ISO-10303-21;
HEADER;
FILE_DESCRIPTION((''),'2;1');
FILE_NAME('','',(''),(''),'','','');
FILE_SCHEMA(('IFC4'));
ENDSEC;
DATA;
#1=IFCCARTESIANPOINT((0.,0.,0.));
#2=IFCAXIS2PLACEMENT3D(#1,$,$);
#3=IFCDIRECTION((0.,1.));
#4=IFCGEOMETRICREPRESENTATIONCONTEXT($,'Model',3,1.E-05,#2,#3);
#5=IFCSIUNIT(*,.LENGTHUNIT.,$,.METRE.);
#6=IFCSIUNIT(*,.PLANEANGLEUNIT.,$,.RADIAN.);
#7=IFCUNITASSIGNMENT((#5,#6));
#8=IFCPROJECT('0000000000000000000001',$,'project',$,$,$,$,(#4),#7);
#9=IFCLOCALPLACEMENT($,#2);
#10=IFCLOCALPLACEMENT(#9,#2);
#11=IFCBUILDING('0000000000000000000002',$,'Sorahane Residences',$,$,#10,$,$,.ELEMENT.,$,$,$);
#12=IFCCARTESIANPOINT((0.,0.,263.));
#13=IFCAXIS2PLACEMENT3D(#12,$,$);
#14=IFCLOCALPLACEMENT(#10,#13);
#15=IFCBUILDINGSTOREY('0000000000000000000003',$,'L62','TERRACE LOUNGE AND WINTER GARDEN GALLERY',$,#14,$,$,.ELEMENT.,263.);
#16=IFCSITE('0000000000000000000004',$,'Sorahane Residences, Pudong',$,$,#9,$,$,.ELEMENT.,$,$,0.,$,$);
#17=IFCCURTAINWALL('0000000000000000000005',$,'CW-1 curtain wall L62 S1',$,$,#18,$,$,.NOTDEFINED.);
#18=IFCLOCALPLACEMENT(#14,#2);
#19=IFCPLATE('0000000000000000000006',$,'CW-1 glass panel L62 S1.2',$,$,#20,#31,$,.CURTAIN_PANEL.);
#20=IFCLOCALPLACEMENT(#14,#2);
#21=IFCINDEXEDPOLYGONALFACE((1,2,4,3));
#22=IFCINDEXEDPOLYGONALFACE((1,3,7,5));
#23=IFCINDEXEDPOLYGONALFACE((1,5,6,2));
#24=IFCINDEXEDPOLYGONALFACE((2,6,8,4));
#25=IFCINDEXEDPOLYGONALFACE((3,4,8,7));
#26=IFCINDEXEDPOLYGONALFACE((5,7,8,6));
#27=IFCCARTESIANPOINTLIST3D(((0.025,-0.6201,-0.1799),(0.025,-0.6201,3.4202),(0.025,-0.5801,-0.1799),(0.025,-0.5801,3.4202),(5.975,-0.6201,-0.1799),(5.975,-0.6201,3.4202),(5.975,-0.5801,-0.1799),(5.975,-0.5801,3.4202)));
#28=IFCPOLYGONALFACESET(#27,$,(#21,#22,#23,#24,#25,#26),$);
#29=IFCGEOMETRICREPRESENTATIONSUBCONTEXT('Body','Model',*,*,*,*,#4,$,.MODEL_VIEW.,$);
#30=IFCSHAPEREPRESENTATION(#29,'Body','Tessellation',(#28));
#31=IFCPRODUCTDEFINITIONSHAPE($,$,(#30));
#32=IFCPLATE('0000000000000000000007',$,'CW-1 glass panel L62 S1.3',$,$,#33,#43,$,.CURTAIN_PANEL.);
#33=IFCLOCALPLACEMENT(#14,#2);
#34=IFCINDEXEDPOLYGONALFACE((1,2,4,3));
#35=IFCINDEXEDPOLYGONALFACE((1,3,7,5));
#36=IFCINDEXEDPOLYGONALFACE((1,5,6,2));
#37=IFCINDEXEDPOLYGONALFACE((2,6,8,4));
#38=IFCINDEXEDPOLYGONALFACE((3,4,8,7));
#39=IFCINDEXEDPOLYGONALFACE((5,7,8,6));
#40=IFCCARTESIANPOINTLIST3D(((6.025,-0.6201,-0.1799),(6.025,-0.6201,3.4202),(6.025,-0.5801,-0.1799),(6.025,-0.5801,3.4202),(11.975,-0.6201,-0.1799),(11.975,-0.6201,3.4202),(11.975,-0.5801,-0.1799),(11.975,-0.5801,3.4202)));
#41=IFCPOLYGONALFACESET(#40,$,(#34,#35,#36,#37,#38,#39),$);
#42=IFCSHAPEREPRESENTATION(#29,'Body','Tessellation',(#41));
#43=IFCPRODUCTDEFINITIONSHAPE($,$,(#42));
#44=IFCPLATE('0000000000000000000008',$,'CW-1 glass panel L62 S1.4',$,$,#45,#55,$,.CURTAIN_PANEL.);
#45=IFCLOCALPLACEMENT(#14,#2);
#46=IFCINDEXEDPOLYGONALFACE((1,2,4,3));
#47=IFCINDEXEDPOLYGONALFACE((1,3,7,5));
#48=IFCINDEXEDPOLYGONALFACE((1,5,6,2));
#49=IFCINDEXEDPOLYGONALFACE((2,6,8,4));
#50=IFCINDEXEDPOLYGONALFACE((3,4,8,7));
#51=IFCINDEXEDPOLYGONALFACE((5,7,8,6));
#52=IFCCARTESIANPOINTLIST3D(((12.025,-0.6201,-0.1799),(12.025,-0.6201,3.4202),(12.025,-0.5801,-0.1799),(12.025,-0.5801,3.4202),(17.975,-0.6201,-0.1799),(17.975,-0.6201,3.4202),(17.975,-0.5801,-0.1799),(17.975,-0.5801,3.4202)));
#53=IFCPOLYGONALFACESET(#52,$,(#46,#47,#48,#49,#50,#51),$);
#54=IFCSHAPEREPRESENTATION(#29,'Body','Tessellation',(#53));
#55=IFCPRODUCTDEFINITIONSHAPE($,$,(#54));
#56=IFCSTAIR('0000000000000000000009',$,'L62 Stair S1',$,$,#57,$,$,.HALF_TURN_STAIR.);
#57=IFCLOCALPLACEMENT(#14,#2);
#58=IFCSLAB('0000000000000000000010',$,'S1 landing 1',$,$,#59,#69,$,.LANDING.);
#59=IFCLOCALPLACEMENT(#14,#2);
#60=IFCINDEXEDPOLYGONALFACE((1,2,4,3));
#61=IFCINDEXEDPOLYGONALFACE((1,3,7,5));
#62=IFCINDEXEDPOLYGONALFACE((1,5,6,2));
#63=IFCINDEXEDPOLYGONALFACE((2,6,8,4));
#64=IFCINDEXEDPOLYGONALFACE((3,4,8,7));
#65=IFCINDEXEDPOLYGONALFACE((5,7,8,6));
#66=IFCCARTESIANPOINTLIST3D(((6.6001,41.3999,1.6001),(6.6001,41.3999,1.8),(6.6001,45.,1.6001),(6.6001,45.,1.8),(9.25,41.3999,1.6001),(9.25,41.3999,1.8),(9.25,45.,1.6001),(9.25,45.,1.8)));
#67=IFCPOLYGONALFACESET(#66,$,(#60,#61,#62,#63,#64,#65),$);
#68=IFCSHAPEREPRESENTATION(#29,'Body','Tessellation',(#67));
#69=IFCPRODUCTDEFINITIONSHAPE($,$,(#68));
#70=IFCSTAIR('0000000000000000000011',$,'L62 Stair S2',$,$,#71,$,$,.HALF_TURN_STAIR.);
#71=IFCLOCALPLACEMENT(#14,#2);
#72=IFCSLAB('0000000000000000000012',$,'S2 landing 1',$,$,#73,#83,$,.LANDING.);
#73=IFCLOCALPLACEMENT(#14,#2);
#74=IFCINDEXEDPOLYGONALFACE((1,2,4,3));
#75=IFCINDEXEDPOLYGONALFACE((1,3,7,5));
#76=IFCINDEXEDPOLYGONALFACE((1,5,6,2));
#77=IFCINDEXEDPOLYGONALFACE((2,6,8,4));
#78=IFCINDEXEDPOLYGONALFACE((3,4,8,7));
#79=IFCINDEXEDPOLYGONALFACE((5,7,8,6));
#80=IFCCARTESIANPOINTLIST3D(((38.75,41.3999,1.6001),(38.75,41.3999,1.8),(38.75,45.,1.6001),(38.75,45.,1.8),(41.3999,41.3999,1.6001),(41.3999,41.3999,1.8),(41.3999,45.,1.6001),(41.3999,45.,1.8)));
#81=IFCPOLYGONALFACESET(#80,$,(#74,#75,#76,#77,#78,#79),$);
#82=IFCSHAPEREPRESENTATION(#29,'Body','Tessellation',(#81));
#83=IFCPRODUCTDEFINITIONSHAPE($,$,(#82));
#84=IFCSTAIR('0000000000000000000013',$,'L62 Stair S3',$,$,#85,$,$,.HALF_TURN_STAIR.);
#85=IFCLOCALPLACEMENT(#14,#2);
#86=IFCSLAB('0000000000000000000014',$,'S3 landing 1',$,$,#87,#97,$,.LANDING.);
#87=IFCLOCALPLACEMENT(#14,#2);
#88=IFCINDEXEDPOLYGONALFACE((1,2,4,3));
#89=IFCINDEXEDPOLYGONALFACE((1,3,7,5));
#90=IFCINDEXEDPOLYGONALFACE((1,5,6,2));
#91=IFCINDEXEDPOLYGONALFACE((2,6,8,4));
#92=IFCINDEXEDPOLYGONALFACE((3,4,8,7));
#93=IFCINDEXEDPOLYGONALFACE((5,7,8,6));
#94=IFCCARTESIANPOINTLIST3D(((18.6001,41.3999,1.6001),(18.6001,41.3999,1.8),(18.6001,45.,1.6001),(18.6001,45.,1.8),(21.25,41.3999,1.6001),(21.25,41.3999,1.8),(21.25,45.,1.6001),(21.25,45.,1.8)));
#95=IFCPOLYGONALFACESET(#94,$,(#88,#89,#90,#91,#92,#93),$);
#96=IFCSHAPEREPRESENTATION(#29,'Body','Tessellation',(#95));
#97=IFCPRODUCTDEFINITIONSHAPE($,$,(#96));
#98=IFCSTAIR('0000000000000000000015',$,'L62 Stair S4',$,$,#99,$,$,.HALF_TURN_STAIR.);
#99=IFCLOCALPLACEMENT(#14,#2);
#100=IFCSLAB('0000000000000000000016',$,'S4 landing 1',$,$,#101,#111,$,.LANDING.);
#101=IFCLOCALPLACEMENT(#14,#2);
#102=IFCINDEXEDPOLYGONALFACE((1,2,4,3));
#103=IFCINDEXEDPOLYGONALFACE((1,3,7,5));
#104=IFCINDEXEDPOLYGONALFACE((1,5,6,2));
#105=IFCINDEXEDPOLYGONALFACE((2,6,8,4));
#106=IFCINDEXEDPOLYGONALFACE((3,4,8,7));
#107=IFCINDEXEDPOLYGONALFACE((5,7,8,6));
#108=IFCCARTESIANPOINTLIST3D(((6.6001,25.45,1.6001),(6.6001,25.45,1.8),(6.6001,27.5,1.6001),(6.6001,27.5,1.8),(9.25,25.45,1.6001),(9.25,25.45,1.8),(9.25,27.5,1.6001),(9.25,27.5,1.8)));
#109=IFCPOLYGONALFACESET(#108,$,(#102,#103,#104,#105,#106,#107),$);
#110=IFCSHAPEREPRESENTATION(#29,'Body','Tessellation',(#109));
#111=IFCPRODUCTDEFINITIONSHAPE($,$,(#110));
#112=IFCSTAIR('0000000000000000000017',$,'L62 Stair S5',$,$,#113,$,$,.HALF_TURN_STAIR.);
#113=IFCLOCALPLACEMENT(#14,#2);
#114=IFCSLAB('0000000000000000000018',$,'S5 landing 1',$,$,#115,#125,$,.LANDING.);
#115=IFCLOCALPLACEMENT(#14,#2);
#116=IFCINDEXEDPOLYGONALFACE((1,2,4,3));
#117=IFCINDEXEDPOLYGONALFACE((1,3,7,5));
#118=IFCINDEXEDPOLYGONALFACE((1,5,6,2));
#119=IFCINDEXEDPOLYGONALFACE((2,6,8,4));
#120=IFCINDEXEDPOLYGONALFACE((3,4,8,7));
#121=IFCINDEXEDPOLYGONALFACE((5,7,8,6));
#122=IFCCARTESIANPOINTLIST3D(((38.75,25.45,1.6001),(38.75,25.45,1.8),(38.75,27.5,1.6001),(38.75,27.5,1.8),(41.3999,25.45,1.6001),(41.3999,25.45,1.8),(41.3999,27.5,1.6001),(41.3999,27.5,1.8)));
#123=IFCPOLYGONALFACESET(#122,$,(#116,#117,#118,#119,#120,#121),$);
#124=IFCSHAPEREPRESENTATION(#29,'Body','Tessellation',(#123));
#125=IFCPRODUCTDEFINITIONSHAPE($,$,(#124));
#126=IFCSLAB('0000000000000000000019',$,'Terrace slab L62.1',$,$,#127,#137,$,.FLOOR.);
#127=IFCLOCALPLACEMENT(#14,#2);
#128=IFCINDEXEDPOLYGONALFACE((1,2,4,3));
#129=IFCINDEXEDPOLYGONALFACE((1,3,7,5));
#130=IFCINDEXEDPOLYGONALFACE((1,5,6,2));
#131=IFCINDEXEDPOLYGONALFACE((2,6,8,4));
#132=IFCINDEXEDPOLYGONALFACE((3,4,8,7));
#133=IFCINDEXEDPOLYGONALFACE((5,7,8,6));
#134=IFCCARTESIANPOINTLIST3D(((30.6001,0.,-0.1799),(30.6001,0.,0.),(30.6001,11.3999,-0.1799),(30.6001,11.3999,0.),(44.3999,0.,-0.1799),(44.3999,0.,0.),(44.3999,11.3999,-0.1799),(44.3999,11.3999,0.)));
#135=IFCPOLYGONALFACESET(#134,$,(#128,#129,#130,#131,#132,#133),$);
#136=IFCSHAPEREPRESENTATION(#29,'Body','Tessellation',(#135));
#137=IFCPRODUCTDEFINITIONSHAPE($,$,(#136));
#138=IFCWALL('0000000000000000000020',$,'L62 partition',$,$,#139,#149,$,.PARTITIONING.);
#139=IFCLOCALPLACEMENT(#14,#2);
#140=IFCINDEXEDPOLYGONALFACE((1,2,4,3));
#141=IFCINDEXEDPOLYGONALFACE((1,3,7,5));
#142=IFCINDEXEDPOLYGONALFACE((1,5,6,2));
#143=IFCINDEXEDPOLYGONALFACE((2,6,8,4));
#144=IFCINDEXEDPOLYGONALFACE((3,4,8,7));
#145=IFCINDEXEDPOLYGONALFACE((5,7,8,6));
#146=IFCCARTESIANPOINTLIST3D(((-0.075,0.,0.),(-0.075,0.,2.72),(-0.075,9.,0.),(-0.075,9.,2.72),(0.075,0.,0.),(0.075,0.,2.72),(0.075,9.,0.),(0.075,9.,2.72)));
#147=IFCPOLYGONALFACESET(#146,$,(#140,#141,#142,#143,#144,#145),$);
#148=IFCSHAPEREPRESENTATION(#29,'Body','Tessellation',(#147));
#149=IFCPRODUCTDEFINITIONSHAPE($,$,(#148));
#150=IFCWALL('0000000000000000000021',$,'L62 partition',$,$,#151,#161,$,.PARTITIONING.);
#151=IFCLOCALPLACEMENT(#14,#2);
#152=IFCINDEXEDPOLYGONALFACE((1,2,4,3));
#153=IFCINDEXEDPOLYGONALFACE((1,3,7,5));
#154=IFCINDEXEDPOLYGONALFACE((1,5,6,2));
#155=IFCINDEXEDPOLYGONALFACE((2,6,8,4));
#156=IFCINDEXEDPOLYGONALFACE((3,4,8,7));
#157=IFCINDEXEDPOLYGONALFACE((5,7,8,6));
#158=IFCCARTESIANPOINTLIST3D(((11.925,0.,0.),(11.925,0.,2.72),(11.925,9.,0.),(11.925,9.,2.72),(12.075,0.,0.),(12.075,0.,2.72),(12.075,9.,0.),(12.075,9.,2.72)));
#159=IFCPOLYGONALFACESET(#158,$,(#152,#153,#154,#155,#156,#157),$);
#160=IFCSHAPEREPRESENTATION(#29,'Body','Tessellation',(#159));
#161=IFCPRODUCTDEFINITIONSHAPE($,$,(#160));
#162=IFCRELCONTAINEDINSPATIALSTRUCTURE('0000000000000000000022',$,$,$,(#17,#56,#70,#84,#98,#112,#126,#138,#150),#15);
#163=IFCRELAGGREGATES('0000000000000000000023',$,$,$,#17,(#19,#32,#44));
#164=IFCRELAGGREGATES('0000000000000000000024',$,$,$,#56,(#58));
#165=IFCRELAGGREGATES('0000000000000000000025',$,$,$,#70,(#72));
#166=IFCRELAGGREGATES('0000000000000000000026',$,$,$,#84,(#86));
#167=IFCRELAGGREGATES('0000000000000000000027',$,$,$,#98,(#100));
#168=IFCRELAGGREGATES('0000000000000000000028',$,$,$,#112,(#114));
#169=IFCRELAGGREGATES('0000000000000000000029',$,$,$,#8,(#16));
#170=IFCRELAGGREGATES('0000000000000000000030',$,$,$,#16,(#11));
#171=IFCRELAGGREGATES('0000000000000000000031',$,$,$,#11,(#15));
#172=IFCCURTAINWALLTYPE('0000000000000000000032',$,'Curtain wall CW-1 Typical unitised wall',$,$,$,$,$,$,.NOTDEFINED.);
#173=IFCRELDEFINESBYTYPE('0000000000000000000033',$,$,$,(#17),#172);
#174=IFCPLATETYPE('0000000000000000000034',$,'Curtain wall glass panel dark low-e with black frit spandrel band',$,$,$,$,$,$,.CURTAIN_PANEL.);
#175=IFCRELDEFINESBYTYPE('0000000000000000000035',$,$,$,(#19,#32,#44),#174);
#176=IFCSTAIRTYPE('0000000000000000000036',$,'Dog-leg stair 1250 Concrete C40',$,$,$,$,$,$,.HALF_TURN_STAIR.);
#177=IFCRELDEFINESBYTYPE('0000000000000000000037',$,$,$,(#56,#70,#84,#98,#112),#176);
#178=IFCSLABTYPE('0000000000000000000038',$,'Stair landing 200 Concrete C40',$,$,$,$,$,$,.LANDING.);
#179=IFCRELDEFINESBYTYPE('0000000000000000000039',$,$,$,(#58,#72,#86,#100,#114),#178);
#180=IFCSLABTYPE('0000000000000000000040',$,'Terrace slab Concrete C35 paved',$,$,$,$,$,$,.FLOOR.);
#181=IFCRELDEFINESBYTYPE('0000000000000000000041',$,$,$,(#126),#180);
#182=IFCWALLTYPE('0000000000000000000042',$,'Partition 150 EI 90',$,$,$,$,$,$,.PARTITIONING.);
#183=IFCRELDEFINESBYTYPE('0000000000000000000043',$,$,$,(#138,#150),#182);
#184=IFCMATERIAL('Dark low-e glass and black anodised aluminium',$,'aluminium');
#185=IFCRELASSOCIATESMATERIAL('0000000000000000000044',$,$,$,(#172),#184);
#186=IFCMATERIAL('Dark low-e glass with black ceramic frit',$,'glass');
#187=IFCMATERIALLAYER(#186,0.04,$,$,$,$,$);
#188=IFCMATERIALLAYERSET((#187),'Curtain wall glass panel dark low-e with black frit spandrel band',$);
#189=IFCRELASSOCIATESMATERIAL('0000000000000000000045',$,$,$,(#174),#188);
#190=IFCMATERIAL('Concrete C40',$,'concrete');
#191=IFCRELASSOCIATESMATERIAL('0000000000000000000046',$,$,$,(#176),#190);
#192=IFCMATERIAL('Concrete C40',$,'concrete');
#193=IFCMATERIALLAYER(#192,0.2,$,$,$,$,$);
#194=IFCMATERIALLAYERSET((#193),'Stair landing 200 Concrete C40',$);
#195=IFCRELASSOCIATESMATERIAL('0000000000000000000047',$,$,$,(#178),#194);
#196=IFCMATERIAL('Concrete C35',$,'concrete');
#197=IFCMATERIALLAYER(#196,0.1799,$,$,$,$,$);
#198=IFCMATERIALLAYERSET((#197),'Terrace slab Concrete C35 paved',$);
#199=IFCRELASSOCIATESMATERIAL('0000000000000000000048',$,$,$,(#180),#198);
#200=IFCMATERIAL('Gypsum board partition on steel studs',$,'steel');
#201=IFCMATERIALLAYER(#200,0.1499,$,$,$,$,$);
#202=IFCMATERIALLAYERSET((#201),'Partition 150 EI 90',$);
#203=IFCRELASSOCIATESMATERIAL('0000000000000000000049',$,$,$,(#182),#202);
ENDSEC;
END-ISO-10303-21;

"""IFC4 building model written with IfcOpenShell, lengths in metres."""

from ifc_helpers import new_model, si_unit, direction, frame, frame_2d, origin, origin_2d, place, context, subcontext, project, spatial, polyline, rectangle, outline, extrude, material, layer, layer_set, type_object, element, aggregate, save


model = new_model("IFC4")

# Units and contexts
model_context = context("Model", 3, precision=1e-05, world=origin(), true_north=direction((0.0, 1.0)))
body_context = subcontext(model_context, "Body", "Model", "MODEL_VIEW")
ifc_project = project(units=[si_unit("LENGTHUNIT", "METRE"), si_unit("PLANEANGLEUNIT", "RADIAN")], contexts=[model_context])

# Site, building, storey
site_placement = place(None, origin())
site = spatial("IfcSite", under=ifc_project, at=site_placement, Name="Sorahane Residences, Pudong", CompositionType="ELEMENT", RefElevation=0.0)
building_placement = place(site_placement, origin())
building = spatial("IfcBuilding", under=site, at=building_placement, Name="Sorahane Residences", CompositionType="ELEMENT")
storey_placement = place(building_placement, frame((0.0, 0.0, 263.0)))
storey = spatial("IfcBuildingStorey", under=building, at=storey_placement, Name="L62", Description="TERRACE LOUNGE AND WINTER GARDEN GALLERY", CompositionType="ELEMENT", Elevation=263.0)

# Curtain wall
ifc_material_1 = material(Name="Dark low-e glass and black anodised aluminium", Category="aluminium")
curtain_wall_type = type_object("IfcCurtainWallType", Name="Curtain wall CW-1 Typical unitised wall", PredefinedType="NOTDEFINED", material=ifc_material_1)
curtain_wall_placement = place(storey_placement, origin())
curtain_wall = element("IfcCurtainWall", 1, at=curtain_wall_placement, inside=storey, type_object=curtain_wall_type, Name="CW-1 curtain wall L62 S1", PredefinedType="NOTDEFINED")

# Plates
ifc_material_2 = material(Name="Dark low-e glass with black ceramic frit", Category="glass")
ifc_layer_1 = layer(ifc_material_2, 0.04)
ifc_layer_set_1 = layer_set([ifc_layer_1], Name="Curtain wall glass panel dark low-e with black frit spandrel band")
plate_type = type_object("IfcPlateType", Name="Curtain wall glass panel dark low-e with black frit spandrel band", PredefinedType="CURTAIN_PANEL", material=ifc_layer_set_1)
plate_1_placement = place(storey_placement, frame((3.0, -0.6001, -0.1799), z_axis=(0.0, 0.0, 1.0), x_axis=(1.0, 0.0, 0.0)))
plate_1 = element("IfcPlate", 2, at=plate_1_placement, type_object=plate_type, Name="CW-1 glass panel L62 S1.2", PredefinedType="CURTAIN_PANEL", context=body_context, shape_type="SweptSolid", body=[
    extrude(rectangle(XDim=5.95, YDim=0.04, at=origin_2d()), origin(), (0.0, 0.0, 1.0), 3.6001),
])
plate_2_placement = place(storey_placement, frame((9.0, -0.6001, -0.1799), z_axis=(0.0, 0.0, 1.0), x_axis=(1.0, 0.0, 0.0)))
plate_2 = element("IfcPlate", 3, at=plate_2_placement, type_object=plate_type, Name="CW-1 glass panel L62 S1.3", PredefinedType="CURTAIN_PANEL", context=body_context, shape_type="SweptSolid", body=[
    extrude(rectangle(XDim=5.95, YDim=0.04, at=origin_2d()), origin(), (0.0, 0.0, 1.0), 3.6001),
])
plate_3_placement = place(storey_placement, frame((15.0, -0.6001, -0.1799), z_axis=(0.0, 0.0, 1.0), x_axis=(1.0, 0.0, 0.0)))
plate_3 = element("IfcPlate", 4, at=plate_3_placement, type_object=plate_type, Name="CW-1 glass panel L62 S1.4", PredefinedType="CURTAIN_PANEL", context=body_context, shape_type="SweptSolid", body=[
    extrude(rectangle(XDim=5.95, YDim=0.04, at=origin_2d()), origin(), (0.0, 0.0, 1.0), 3.6001),
])
aggregate(curtain_wall, [plate_1, plate_2, plate_3])

# Stairs, slabs
ifc_material_3 = material(Name="Concrete C40", Category="concrete")
stair_type = type_object("IfcStairType", Name="Dog-leg stair 1250 Concrete C40", PredefinedType="HALF_TURN_STAIR", material=ifc_material_3)
stair_1_placement = place(storey_placement, origin())
stair_1 = element("IfcStair", 5, at=stair_1_placement, inside=storey, type_object=stair_type, Name="L62 Stair S1", PredefinedType="HALF_TURN_STAIR")
ifc_material_4 = material(Name="Concrete C40", Category="concrete")
ifc_layer_2 = layer(ifc_material_4, 0.2)
ifc_layer_set_2 = layer_set([ifc_layer_2], Name="Stair landing 200 Concrete C40")
slab_type_1 = type_object("IfcSlabType", Name="Stair landing 200 Concrete C40", PredefinedType="LANDING", material=ifc_layer_set_2)
slab_1_placement = place(storey_placement, frame((0.0, 0.0, 1.6001)))
slab_1 = element("IfcSlab", 6, at=slab_1_placement, type_object=slab_type_1, Name="S1 landing 1", PredefinedType="LANDING", context=body_context, shape_type="SweptSolid", body=[
    extrude(outline(polyline([(9.25, 41.3999), (9.25, 45.0), (6.6001, 45.0), (6.6001, 41.3999), (9.25, 41.3999)])), origin(), (0.0, 0.0, 1.0), 0.2),
])
aggregate(stair_1, [slab_1])
stair_2_placement = place(storey_placement, origin())
stair_2 = element("IfcStair", 7, at=stair_2_placement, inside=storey, type_object=stair_type, Name="L62 Stair S2", PredefinedType="HALF_TURN_STAIR")
slab_2_placement = place(storey_placement, frame((0.0, 0.0, 1.6001)))
slab_2 = element("IfcSlab", 8, at=slab_2_placement, type_object=slab_type_1, Name="S2 landing 1", PredefinedType="LANDING", context=body_context, shape_type="SweptSolid", body=[
    extrude(outline(polyline([(41.3999, 41.3999), (41.3999, 45.0), (38.75, 45.0), (38.75, 41.3999), (41.3999, 41.3999)])), origin(), (0.0, 0.0, 1.0), 0.2),
])
aggregate(stair_2, [slab_2])
stair_3_placement = place(storey_placement, origin())
stair_3 = element("IfcStair", 9, at=stair_3_placement, inside=storey, type_object=stair_type, Name="L62 Stair S3", PredefinedType="HALF_TURN_STAIR")
slab_3_placement = place(storey_placement, frame((0.0, 0.0, 1.6001)))
slab_3 = element("IfcSlab", 10, at=slab_3_placement, type_object=slab_type_1, Name="S3 landing 1", PredefinedType="LANDING", context=body_context, shape_type="SweptSolid", body=[
    extrude(outline(polyline([(21.25, 41.3999), (21.25, 45.0), (18.6001, 45.0), (18.6001, 41.3999), (21.25, 41.3999)])), origin(), (0.0, 0.0, 1.0), 0.2),
])
aggregate(stair_3, [slab_3])
stair_4_placement = place(storey_placement, origin())
stair_4 = element("IfcStair", 11, at=stair_4_placement, inside=storey, type_object=stair_type, Name="L62 Stair S4", PredefinedType="HALF_TURN_STAIR")
slab_4_placement = place(storey_placement, frame((0.0, 0.0, 1.6001)))
slab_4 = element("IfcSlab", 12, at=slab_4_placement, type_object=slab_type_1, Name="S4 landing 1", PredefinedType="LANDING", context=body_context, shape_type="SweptSolid", body=[
    extrude(outline(polyline([(9.25, 25.45), (9.25, 27.5), (6.6001, 27.5), (6.6001, 25.45), (9.25, 25.45)])), origin(), (0.0, 0.0, 1.0), 0.2),
])
aggregate(stair_4, [slab_4])
stair_5_placement = place(storey_placement, origin())
stair_5 = element("IfcStair", 13, at=stair_5_placement, inside=storey, type_object=stair_type, Name="L62 Stair S5", PredefinedType="HALF_TURN_STAIR")
slab_5_placement = place(storey_placement, frame((0.0, 0.0, 1.6001)))
slab_5 = element("IfcSlab", 14, at=slab_5_placement, type_object=slab_type_1, Name="S5 landing 1", PredefinedType="LANDING", context=body_context, shape_type="SweptSolid", body=[
    extrude(outline(polyline([(41.3999, 25.45), (41.3999, 27.5), (38.75, 27.5), (38.75, 25.45), (41.3999, 25.45)])), origin(), (0.0, 0.0, 1.0), 0.2),
])
aggregate(stair_5, [slab_5])

# Slab
ifc_material_5 = material(Name="Concrete C35", Category="concrete")
ifc_layer_3 = layer(ifc_material_5, 0.1799)
ifc_layer_set_3 = layer_set([ifc_layer_3], Name="Terrace slab Concrete C35 paved")
slab_type_2 = type_object("IfcSlabType", Name="Terrace slab Concrete C35 paved", PredefinedType="FLOOR", material=ifc_layer_set_3)
slab_6_placement = place(storey_placement, frame((0.0, 0.0, -0.1799)))
element("IfcSlab", 15, at=slab_6_placement, inside=storey, type_object=slab_type_2, Name="Terrace slab L62.1", PredefinedType="FLOOR", context=body_context, shape_type="SweptSolid", body=[
    extrude(outline(polyline([(30.6001, 0.0), (30.6001, 11.3999), (44.3999, 11.3999), (44.3999, 0.0), (30.6001, 0.0)])), origin(), (0.0, 0.0, 1.0), 0.1799),
])

# Walls
ifc_material_6 = material(Name="Gypsum board partition on steel studs", Category="steel")
ifc_layer_4 = layer(ifc_material_6, 0.1499)
ifc_layer_set_4 = layer_set([ifc_layer_4], Name="Partition 150 EI 90")
wall_type = type_object("IfcWallType", Name="Partition 150 EI 90", PredefinedType="PARTITIONING", material=ifc_layer_set_4)
for number, where, z_axis, x_axis, name in (
    (16, (0.0, 0.0, 0.0), (0.0, 0.0, 1.0), (0.0, 1.0, 0.0), "L62 partition"),
    (17, (12.0, 0.0, 0.0), (0.0, 0.0, 1.0), (0.0, 1.0, 0.0), "L62 partition"),
):
    element("IfcWall", number, at=place(storey_placement, frame(where, z_axis=z_axis, x_axis=x_axis)), inside=storey, type_object=wall_type, Name=name, PredefinedType="PARTITIONING", context=body_context, shape_type="SweptSolid", body=[
        extrude(rectangle(XDim=9.0, YDim=0.1499, at=frame_2d((4.5, 0.0))), origin(), (0.0, 0.0, 1.0), 2.72),
    ])

save(model, "model.ifc")
